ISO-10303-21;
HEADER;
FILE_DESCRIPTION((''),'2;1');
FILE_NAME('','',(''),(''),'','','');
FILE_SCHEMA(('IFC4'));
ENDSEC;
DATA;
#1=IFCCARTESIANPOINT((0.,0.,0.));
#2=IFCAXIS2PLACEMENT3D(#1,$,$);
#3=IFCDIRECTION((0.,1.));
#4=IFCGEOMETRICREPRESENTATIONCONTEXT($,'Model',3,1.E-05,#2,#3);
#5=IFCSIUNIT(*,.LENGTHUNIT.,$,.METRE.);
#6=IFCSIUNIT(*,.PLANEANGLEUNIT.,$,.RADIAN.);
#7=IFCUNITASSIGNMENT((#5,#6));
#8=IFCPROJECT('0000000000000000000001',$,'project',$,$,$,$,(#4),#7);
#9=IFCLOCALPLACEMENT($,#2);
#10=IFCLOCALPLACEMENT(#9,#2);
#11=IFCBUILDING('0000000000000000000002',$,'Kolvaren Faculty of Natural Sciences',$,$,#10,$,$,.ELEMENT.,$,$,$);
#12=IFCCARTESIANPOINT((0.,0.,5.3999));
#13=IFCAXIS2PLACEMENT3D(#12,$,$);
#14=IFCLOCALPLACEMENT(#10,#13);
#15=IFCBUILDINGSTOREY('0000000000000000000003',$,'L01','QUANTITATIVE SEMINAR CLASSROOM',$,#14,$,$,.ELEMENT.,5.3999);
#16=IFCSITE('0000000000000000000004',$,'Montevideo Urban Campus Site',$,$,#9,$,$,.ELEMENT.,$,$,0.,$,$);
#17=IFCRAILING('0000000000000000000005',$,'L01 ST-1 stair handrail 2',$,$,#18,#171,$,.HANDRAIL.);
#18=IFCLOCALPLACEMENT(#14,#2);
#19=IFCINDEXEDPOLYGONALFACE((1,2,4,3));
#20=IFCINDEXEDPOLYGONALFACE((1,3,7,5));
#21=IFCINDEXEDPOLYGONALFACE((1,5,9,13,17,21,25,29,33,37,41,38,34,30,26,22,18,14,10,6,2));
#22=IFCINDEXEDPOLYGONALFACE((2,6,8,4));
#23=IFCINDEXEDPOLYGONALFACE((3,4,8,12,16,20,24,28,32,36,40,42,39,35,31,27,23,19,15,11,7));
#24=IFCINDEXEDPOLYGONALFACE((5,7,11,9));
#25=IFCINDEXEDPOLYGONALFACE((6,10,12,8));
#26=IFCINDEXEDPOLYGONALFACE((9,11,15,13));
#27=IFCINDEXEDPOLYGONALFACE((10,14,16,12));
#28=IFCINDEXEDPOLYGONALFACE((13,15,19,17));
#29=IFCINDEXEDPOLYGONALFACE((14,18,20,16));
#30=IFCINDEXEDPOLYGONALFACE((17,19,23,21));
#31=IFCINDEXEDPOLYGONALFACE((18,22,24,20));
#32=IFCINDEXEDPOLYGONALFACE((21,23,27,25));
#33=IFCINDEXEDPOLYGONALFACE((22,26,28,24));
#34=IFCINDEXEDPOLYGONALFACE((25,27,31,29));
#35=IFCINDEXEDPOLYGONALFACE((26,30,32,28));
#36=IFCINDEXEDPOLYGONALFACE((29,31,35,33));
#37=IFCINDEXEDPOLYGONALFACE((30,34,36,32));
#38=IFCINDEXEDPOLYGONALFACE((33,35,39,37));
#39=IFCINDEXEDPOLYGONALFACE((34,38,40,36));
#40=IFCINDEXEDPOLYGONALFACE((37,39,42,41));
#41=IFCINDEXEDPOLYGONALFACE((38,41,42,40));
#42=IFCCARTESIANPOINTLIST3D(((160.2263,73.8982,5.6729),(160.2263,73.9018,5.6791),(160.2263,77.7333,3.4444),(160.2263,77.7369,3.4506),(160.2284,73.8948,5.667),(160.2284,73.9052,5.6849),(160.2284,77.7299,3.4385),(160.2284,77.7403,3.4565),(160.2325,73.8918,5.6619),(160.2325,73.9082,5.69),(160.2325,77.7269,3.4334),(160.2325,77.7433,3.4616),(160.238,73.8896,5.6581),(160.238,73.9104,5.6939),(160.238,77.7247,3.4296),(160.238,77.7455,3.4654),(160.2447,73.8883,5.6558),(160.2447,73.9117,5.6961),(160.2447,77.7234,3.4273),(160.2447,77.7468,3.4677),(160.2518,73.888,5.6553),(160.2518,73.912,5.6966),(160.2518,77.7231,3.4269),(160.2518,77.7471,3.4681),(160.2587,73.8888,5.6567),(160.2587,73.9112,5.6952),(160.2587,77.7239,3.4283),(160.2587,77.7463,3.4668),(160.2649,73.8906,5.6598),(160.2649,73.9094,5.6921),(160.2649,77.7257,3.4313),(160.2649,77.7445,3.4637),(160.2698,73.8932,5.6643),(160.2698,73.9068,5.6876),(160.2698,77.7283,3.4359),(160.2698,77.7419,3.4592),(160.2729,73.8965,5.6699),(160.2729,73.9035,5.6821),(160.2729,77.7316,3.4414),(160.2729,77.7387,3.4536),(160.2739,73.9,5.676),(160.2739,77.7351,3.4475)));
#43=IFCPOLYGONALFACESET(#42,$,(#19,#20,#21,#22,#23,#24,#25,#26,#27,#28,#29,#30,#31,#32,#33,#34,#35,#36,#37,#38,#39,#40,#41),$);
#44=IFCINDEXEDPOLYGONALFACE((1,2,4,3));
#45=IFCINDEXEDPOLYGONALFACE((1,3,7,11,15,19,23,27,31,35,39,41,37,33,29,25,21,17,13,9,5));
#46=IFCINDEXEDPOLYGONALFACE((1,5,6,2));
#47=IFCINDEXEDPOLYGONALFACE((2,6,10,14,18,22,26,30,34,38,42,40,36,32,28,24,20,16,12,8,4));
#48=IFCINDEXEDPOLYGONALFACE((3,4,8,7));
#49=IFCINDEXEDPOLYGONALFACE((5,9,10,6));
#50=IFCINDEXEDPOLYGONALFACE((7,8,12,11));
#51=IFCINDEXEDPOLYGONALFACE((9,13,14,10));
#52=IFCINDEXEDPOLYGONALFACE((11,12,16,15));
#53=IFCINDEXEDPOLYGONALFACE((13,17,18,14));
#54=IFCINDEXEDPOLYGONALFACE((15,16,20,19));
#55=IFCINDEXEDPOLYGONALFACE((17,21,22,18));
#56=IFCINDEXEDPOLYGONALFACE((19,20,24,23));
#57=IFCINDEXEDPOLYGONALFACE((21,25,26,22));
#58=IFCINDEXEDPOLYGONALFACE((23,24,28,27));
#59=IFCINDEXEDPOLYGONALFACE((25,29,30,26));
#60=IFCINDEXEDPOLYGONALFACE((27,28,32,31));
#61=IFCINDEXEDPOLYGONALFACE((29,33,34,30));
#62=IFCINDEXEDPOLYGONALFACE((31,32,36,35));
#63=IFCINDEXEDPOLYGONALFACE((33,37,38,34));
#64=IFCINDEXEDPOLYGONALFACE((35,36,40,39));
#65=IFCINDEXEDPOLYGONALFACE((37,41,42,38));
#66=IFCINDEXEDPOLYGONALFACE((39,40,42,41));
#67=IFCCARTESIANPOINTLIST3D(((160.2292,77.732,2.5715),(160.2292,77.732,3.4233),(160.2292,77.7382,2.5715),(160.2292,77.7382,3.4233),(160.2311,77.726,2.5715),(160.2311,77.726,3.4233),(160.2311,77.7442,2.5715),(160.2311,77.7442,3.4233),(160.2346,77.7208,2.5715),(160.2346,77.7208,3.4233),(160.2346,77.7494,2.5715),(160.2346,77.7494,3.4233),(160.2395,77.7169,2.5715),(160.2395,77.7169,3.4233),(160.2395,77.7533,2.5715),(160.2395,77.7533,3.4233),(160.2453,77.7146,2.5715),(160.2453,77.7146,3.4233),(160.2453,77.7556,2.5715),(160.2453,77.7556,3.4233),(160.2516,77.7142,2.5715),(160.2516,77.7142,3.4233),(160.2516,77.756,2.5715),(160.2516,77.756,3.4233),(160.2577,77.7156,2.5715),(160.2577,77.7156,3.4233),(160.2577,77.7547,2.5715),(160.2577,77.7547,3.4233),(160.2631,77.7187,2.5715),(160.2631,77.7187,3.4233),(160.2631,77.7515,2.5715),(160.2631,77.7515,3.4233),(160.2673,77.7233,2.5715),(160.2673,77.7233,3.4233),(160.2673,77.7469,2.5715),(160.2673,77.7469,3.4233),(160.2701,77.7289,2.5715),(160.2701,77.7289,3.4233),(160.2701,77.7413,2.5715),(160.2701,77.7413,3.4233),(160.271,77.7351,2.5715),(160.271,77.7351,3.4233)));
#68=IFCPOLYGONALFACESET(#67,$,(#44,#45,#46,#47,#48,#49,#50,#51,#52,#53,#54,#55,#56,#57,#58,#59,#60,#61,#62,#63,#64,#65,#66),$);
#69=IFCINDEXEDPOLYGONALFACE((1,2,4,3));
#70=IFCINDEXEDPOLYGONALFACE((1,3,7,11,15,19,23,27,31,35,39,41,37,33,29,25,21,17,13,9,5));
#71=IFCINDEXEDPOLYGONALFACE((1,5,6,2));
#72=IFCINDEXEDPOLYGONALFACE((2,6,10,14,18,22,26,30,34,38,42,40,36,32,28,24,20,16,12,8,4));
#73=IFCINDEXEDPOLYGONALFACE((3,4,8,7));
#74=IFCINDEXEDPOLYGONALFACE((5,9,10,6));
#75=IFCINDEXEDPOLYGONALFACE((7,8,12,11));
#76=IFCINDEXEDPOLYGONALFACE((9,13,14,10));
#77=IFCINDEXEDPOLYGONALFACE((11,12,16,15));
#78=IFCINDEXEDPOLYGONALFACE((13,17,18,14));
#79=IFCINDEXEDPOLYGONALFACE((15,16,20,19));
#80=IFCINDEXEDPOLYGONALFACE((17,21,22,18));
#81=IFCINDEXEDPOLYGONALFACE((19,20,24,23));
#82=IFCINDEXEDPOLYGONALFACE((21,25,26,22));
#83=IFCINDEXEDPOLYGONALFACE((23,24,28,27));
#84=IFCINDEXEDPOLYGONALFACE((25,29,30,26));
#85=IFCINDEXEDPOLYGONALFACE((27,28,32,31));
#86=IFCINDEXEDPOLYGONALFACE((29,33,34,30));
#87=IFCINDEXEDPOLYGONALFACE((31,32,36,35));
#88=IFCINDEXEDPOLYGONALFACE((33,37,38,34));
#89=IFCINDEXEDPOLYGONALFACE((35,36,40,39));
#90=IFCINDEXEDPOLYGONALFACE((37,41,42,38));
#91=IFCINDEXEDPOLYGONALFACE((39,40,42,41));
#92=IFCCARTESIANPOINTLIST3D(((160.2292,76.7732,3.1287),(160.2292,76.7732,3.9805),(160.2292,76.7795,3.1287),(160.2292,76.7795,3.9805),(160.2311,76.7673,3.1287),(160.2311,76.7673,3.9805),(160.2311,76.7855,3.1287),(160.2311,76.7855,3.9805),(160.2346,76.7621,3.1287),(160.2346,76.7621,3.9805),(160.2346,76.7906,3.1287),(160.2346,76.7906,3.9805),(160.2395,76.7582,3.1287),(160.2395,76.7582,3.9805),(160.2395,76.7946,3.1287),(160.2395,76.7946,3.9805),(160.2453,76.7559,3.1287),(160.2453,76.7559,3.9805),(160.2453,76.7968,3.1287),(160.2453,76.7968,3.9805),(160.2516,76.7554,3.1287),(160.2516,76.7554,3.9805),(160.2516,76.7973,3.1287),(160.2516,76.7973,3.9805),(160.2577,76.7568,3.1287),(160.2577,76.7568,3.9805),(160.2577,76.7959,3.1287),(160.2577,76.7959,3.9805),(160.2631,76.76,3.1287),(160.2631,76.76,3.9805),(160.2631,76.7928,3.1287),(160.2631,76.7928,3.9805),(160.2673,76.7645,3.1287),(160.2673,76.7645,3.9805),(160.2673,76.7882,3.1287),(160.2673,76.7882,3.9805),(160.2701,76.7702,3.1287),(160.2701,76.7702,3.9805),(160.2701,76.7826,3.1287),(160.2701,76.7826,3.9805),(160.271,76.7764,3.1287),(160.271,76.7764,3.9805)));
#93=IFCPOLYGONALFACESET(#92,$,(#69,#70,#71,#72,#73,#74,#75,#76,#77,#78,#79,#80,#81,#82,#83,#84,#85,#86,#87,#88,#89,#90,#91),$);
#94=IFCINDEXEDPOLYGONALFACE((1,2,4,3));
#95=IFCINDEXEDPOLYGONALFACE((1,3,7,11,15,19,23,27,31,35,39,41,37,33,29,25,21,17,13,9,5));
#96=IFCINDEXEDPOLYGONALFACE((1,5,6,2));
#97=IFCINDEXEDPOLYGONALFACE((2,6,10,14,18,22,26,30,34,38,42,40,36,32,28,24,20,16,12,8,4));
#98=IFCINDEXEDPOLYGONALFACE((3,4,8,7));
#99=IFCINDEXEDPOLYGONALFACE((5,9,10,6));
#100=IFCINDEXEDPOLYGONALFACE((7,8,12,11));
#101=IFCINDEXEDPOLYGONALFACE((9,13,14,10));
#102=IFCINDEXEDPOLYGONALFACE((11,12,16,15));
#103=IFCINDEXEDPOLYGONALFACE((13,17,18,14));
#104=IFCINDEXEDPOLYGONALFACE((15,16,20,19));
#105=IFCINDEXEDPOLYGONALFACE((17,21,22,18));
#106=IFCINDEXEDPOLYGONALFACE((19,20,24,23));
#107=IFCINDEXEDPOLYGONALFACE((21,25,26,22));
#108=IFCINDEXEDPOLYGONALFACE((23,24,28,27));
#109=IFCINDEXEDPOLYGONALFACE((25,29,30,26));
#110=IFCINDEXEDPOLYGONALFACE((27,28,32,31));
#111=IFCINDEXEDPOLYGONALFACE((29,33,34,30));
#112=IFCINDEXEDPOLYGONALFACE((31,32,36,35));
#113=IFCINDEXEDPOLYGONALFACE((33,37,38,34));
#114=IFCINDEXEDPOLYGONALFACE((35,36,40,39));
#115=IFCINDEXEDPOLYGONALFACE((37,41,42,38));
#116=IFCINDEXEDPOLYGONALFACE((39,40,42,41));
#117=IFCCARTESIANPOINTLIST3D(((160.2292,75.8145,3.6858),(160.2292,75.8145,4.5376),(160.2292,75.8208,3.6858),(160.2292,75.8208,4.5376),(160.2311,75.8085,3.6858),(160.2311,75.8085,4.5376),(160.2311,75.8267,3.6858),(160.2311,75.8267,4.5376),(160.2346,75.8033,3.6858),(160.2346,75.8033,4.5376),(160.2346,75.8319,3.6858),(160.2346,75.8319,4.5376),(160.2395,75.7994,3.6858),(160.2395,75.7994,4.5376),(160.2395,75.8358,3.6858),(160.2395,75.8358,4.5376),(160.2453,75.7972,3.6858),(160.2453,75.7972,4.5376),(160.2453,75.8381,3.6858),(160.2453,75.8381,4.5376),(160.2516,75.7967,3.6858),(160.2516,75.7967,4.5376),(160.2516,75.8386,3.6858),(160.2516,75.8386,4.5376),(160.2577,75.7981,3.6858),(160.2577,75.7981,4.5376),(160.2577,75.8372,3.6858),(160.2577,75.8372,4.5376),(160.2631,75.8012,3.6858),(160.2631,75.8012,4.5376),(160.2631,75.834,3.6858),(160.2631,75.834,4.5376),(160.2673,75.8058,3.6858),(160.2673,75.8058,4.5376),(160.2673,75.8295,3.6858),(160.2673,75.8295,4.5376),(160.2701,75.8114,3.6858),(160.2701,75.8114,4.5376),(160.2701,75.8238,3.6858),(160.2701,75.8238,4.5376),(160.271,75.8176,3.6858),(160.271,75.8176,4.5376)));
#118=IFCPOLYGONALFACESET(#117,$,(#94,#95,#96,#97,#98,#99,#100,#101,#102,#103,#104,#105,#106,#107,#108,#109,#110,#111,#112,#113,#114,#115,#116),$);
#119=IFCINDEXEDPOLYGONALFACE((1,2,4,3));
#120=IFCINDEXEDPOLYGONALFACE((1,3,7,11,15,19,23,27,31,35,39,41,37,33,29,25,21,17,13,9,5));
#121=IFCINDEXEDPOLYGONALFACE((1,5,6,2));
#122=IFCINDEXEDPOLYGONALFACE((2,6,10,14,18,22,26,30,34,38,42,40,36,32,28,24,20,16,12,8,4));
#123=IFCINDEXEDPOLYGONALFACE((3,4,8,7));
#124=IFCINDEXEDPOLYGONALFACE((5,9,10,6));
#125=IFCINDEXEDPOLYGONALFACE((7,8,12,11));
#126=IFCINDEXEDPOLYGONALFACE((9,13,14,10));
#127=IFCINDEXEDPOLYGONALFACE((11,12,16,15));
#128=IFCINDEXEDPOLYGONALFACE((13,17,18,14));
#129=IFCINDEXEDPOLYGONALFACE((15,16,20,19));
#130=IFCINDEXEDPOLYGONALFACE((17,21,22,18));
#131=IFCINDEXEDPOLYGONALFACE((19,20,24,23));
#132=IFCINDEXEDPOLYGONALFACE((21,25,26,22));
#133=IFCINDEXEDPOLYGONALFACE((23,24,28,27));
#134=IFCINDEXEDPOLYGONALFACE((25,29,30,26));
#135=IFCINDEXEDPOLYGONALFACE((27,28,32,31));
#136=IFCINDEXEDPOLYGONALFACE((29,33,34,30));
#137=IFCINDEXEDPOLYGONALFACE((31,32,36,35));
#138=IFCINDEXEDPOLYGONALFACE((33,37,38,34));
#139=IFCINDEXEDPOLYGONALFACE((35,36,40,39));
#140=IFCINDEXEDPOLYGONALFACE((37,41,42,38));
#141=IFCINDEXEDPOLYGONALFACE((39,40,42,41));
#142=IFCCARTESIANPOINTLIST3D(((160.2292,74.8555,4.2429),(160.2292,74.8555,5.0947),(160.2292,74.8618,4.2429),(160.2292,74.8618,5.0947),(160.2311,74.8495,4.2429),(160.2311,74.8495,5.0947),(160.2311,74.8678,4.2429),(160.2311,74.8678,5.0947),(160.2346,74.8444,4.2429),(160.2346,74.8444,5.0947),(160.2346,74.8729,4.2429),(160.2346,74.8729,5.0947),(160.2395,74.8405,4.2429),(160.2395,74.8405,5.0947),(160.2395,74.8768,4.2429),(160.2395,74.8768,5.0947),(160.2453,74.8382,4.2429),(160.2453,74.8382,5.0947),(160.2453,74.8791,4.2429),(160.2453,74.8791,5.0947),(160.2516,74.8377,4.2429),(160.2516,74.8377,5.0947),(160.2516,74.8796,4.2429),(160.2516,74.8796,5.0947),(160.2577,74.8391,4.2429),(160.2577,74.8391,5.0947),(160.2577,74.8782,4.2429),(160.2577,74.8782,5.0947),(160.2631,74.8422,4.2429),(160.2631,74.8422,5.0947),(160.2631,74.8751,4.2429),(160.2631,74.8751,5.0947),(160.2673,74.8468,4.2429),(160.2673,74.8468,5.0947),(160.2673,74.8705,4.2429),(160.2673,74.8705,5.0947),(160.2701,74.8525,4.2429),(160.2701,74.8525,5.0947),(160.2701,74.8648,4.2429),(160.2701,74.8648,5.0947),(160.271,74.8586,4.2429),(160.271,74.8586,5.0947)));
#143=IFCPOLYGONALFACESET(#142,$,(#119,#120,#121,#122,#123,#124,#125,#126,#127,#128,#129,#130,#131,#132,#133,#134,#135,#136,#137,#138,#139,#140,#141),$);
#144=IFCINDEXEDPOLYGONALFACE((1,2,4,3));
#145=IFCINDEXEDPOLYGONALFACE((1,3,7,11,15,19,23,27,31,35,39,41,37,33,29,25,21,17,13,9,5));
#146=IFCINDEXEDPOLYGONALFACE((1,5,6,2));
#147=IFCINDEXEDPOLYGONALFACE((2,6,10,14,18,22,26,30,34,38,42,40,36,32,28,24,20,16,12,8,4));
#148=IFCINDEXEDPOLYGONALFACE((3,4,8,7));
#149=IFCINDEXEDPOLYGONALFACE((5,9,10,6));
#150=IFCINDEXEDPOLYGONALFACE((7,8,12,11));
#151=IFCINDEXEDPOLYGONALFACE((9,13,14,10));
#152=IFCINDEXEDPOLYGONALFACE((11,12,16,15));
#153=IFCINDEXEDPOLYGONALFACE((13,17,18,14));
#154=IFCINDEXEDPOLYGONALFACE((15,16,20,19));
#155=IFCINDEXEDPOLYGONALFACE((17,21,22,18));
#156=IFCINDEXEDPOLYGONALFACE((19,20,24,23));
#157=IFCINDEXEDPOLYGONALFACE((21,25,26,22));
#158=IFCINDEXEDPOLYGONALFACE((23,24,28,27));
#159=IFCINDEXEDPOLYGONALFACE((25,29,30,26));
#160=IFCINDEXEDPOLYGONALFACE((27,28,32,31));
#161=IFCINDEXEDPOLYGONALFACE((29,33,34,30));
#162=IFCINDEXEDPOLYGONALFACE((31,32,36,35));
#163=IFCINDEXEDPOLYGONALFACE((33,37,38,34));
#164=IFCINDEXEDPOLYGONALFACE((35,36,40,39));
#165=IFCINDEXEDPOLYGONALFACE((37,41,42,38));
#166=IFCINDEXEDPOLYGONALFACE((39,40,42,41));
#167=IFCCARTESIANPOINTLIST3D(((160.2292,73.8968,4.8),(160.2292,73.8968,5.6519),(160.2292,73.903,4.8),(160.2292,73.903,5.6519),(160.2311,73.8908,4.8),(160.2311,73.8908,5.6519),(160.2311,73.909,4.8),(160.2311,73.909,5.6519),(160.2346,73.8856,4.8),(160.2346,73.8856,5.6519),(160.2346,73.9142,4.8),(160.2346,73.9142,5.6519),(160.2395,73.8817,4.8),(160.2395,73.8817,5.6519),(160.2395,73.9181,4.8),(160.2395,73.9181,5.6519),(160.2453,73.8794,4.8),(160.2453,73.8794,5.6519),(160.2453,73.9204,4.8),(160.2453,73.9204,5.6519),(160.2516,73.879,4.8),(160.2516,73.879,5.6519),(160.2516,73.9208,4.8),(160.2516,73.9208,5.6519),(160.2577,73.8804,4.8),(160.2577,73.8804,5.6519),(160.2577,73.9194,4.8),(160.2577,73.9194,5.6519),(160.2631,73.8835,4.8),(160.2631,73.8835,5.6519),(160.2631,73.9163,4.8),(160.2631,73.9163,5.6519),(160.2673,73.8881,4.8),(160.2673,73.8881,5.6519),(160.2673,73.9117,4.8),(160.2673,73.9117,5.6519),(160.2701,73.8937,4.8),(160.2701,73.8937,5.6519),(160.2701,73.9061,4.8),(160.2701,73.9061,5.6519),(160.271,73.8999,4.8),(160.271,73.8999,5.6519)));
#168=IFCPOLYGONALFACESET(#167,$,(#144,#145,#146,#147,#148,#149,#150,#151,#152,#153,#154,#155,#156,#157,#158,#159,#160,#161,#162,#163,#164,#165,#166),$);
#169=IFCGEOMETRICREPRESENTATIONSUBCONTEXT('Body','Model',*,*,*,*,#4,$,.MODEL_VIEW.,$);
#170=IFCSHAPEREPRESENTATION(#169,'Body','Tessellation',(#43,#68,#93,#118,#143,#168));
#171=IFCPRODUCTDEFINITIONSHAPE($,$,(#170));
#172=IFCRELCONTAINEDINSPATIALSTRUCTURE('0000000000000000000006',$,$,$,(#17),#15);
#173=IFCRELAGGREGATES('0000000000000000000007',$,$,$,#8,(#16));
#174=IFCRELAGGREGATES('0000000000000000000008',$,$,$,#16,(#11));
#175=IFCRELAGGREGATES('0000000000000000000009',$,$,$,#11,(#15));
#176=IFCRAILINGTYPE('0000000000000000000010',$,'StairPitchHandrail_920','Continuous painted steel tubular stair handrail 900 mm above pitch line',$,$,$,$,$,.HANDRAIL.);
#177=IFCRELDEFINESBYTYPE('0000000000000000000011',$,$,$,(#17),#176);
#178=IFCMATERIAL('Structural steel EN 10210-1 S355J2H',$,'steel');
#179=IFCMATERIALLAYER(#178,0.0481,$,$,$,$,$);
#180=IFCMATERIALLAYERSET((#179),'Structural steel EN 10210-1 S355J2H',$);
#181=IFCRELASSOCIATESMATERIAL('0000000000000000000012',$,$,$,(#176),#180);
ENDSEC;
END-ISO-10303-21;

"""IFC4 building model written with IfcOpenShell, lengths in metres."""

from ifc_helpers import new_model, si_unit, direction, frame, origin, origin_2d, place, context, subcontext, project, spatial, circle, extrude, material, layer, layer_set, type_object, element, save


model = new_model("IFC4")

# Units and contexts
model_context = context("Model", 3, precision=1e-05, world=origin(), true_north=direction((0.0, 1.0)))
body_context = subcontext(model_context, "Body", "Model", "MODEL_VIEW")
ifc_project = project(units=[si_unit("LENGTHUNIT", "METRE"), si_unit("PLANEANGLEUNIT", "RADIAN")], contexts=[model_context])

# Site, building, storey
site_placement = place(None, origin())
site = spatial("IfcSite", under=ifc_project, at=site_placement, Name="Montevideo Urban Campus Site", CompositionType="ELEMENT", RefElevation=0.0)
building_placement = place(site_placement, origin())
building = spatial("IfcBuilding", under=site, at=building_placement, Name="Kolvaren Faculty of Natural Sciences", CompositionType="ELEMENT")
storey_placement = place(building_placement, frame((0.0, 0.0, 5.3999)))
storey = spatial("IfcBuildingStorey", under=building, at=storey_placement, Name="L01", Description="QUANTITATIVE SEMINAR CLASSROOM", CompositionType="ELEMENT", Elevation=5.3999)

# Railing
ifc_material_1 = material(Name="Structural steel EN 10210-1 S355J2H", Category="steel")
ifc_layer_1 = layer(ifc_material_1, 0.0481)
ifc_layer_set_1 = layer_set([ifc_layer_1], Name="Structural steel EN 10210-1 S355J2H")
railing_type_1 = type_object("IfcRailingType", Name="StairPitchHandrail_920", Description="Continuous painted steel tubular stair handrail 900 mm above pitch line", PredefinedType="HANDRAIL", material=ifc_layer_set_1)
railing_1_placement = place(storey_placement, frame((160.25, 77.7351, 2.5715)))
element("IfcRailing", 1, at=railing_1_placement, inside=storey, type_object=railing_type_1, Name="L01 ST-1 stair handrail 2", PredefinedType="HANDRAIL", context=body_context, shape_type="SweptSolid", body=[
    extrude(circle(Radius=0.0239, at=origin_2d()), frame((0.0, 0.0, 0.876), z_axis=(0.0, -0.86463, 0.502409), x_axis=(1.0, 0.0, 0.0)), (0.0, 0.0, 1.0), 4.4355),
    extrude(circle(Radius=0.021, at=origin_2d()), origin(), (0.0, 0.0, 1.0), 0.8518),
    extrude(circle(Radius=0.021, at=origin_2d()), frame((0.0, -0.9587, 0.5571)), (0.0, 0.0, 1.0), 0.8518),
    extrude(circle(Radius=0.021, at=origin_2d()), frame((0.0, -1.9175, 1.1143)), (0.0, 0.0, 1.0), 0.8518),
    extrude(circle(Radius=0.021, at=origin_2d()), frame((0.0, -2.8765, 1.6714)), (0.0, 0.0, 1.0), 0.8518),
    extrude(circle(Radius=0.021, at=origin_2d()), frame((0.0, -3.8352, 2.2285)), (0.0, 0.0, 1.0), 0.8518),
])

save(model, "model.ifc")
